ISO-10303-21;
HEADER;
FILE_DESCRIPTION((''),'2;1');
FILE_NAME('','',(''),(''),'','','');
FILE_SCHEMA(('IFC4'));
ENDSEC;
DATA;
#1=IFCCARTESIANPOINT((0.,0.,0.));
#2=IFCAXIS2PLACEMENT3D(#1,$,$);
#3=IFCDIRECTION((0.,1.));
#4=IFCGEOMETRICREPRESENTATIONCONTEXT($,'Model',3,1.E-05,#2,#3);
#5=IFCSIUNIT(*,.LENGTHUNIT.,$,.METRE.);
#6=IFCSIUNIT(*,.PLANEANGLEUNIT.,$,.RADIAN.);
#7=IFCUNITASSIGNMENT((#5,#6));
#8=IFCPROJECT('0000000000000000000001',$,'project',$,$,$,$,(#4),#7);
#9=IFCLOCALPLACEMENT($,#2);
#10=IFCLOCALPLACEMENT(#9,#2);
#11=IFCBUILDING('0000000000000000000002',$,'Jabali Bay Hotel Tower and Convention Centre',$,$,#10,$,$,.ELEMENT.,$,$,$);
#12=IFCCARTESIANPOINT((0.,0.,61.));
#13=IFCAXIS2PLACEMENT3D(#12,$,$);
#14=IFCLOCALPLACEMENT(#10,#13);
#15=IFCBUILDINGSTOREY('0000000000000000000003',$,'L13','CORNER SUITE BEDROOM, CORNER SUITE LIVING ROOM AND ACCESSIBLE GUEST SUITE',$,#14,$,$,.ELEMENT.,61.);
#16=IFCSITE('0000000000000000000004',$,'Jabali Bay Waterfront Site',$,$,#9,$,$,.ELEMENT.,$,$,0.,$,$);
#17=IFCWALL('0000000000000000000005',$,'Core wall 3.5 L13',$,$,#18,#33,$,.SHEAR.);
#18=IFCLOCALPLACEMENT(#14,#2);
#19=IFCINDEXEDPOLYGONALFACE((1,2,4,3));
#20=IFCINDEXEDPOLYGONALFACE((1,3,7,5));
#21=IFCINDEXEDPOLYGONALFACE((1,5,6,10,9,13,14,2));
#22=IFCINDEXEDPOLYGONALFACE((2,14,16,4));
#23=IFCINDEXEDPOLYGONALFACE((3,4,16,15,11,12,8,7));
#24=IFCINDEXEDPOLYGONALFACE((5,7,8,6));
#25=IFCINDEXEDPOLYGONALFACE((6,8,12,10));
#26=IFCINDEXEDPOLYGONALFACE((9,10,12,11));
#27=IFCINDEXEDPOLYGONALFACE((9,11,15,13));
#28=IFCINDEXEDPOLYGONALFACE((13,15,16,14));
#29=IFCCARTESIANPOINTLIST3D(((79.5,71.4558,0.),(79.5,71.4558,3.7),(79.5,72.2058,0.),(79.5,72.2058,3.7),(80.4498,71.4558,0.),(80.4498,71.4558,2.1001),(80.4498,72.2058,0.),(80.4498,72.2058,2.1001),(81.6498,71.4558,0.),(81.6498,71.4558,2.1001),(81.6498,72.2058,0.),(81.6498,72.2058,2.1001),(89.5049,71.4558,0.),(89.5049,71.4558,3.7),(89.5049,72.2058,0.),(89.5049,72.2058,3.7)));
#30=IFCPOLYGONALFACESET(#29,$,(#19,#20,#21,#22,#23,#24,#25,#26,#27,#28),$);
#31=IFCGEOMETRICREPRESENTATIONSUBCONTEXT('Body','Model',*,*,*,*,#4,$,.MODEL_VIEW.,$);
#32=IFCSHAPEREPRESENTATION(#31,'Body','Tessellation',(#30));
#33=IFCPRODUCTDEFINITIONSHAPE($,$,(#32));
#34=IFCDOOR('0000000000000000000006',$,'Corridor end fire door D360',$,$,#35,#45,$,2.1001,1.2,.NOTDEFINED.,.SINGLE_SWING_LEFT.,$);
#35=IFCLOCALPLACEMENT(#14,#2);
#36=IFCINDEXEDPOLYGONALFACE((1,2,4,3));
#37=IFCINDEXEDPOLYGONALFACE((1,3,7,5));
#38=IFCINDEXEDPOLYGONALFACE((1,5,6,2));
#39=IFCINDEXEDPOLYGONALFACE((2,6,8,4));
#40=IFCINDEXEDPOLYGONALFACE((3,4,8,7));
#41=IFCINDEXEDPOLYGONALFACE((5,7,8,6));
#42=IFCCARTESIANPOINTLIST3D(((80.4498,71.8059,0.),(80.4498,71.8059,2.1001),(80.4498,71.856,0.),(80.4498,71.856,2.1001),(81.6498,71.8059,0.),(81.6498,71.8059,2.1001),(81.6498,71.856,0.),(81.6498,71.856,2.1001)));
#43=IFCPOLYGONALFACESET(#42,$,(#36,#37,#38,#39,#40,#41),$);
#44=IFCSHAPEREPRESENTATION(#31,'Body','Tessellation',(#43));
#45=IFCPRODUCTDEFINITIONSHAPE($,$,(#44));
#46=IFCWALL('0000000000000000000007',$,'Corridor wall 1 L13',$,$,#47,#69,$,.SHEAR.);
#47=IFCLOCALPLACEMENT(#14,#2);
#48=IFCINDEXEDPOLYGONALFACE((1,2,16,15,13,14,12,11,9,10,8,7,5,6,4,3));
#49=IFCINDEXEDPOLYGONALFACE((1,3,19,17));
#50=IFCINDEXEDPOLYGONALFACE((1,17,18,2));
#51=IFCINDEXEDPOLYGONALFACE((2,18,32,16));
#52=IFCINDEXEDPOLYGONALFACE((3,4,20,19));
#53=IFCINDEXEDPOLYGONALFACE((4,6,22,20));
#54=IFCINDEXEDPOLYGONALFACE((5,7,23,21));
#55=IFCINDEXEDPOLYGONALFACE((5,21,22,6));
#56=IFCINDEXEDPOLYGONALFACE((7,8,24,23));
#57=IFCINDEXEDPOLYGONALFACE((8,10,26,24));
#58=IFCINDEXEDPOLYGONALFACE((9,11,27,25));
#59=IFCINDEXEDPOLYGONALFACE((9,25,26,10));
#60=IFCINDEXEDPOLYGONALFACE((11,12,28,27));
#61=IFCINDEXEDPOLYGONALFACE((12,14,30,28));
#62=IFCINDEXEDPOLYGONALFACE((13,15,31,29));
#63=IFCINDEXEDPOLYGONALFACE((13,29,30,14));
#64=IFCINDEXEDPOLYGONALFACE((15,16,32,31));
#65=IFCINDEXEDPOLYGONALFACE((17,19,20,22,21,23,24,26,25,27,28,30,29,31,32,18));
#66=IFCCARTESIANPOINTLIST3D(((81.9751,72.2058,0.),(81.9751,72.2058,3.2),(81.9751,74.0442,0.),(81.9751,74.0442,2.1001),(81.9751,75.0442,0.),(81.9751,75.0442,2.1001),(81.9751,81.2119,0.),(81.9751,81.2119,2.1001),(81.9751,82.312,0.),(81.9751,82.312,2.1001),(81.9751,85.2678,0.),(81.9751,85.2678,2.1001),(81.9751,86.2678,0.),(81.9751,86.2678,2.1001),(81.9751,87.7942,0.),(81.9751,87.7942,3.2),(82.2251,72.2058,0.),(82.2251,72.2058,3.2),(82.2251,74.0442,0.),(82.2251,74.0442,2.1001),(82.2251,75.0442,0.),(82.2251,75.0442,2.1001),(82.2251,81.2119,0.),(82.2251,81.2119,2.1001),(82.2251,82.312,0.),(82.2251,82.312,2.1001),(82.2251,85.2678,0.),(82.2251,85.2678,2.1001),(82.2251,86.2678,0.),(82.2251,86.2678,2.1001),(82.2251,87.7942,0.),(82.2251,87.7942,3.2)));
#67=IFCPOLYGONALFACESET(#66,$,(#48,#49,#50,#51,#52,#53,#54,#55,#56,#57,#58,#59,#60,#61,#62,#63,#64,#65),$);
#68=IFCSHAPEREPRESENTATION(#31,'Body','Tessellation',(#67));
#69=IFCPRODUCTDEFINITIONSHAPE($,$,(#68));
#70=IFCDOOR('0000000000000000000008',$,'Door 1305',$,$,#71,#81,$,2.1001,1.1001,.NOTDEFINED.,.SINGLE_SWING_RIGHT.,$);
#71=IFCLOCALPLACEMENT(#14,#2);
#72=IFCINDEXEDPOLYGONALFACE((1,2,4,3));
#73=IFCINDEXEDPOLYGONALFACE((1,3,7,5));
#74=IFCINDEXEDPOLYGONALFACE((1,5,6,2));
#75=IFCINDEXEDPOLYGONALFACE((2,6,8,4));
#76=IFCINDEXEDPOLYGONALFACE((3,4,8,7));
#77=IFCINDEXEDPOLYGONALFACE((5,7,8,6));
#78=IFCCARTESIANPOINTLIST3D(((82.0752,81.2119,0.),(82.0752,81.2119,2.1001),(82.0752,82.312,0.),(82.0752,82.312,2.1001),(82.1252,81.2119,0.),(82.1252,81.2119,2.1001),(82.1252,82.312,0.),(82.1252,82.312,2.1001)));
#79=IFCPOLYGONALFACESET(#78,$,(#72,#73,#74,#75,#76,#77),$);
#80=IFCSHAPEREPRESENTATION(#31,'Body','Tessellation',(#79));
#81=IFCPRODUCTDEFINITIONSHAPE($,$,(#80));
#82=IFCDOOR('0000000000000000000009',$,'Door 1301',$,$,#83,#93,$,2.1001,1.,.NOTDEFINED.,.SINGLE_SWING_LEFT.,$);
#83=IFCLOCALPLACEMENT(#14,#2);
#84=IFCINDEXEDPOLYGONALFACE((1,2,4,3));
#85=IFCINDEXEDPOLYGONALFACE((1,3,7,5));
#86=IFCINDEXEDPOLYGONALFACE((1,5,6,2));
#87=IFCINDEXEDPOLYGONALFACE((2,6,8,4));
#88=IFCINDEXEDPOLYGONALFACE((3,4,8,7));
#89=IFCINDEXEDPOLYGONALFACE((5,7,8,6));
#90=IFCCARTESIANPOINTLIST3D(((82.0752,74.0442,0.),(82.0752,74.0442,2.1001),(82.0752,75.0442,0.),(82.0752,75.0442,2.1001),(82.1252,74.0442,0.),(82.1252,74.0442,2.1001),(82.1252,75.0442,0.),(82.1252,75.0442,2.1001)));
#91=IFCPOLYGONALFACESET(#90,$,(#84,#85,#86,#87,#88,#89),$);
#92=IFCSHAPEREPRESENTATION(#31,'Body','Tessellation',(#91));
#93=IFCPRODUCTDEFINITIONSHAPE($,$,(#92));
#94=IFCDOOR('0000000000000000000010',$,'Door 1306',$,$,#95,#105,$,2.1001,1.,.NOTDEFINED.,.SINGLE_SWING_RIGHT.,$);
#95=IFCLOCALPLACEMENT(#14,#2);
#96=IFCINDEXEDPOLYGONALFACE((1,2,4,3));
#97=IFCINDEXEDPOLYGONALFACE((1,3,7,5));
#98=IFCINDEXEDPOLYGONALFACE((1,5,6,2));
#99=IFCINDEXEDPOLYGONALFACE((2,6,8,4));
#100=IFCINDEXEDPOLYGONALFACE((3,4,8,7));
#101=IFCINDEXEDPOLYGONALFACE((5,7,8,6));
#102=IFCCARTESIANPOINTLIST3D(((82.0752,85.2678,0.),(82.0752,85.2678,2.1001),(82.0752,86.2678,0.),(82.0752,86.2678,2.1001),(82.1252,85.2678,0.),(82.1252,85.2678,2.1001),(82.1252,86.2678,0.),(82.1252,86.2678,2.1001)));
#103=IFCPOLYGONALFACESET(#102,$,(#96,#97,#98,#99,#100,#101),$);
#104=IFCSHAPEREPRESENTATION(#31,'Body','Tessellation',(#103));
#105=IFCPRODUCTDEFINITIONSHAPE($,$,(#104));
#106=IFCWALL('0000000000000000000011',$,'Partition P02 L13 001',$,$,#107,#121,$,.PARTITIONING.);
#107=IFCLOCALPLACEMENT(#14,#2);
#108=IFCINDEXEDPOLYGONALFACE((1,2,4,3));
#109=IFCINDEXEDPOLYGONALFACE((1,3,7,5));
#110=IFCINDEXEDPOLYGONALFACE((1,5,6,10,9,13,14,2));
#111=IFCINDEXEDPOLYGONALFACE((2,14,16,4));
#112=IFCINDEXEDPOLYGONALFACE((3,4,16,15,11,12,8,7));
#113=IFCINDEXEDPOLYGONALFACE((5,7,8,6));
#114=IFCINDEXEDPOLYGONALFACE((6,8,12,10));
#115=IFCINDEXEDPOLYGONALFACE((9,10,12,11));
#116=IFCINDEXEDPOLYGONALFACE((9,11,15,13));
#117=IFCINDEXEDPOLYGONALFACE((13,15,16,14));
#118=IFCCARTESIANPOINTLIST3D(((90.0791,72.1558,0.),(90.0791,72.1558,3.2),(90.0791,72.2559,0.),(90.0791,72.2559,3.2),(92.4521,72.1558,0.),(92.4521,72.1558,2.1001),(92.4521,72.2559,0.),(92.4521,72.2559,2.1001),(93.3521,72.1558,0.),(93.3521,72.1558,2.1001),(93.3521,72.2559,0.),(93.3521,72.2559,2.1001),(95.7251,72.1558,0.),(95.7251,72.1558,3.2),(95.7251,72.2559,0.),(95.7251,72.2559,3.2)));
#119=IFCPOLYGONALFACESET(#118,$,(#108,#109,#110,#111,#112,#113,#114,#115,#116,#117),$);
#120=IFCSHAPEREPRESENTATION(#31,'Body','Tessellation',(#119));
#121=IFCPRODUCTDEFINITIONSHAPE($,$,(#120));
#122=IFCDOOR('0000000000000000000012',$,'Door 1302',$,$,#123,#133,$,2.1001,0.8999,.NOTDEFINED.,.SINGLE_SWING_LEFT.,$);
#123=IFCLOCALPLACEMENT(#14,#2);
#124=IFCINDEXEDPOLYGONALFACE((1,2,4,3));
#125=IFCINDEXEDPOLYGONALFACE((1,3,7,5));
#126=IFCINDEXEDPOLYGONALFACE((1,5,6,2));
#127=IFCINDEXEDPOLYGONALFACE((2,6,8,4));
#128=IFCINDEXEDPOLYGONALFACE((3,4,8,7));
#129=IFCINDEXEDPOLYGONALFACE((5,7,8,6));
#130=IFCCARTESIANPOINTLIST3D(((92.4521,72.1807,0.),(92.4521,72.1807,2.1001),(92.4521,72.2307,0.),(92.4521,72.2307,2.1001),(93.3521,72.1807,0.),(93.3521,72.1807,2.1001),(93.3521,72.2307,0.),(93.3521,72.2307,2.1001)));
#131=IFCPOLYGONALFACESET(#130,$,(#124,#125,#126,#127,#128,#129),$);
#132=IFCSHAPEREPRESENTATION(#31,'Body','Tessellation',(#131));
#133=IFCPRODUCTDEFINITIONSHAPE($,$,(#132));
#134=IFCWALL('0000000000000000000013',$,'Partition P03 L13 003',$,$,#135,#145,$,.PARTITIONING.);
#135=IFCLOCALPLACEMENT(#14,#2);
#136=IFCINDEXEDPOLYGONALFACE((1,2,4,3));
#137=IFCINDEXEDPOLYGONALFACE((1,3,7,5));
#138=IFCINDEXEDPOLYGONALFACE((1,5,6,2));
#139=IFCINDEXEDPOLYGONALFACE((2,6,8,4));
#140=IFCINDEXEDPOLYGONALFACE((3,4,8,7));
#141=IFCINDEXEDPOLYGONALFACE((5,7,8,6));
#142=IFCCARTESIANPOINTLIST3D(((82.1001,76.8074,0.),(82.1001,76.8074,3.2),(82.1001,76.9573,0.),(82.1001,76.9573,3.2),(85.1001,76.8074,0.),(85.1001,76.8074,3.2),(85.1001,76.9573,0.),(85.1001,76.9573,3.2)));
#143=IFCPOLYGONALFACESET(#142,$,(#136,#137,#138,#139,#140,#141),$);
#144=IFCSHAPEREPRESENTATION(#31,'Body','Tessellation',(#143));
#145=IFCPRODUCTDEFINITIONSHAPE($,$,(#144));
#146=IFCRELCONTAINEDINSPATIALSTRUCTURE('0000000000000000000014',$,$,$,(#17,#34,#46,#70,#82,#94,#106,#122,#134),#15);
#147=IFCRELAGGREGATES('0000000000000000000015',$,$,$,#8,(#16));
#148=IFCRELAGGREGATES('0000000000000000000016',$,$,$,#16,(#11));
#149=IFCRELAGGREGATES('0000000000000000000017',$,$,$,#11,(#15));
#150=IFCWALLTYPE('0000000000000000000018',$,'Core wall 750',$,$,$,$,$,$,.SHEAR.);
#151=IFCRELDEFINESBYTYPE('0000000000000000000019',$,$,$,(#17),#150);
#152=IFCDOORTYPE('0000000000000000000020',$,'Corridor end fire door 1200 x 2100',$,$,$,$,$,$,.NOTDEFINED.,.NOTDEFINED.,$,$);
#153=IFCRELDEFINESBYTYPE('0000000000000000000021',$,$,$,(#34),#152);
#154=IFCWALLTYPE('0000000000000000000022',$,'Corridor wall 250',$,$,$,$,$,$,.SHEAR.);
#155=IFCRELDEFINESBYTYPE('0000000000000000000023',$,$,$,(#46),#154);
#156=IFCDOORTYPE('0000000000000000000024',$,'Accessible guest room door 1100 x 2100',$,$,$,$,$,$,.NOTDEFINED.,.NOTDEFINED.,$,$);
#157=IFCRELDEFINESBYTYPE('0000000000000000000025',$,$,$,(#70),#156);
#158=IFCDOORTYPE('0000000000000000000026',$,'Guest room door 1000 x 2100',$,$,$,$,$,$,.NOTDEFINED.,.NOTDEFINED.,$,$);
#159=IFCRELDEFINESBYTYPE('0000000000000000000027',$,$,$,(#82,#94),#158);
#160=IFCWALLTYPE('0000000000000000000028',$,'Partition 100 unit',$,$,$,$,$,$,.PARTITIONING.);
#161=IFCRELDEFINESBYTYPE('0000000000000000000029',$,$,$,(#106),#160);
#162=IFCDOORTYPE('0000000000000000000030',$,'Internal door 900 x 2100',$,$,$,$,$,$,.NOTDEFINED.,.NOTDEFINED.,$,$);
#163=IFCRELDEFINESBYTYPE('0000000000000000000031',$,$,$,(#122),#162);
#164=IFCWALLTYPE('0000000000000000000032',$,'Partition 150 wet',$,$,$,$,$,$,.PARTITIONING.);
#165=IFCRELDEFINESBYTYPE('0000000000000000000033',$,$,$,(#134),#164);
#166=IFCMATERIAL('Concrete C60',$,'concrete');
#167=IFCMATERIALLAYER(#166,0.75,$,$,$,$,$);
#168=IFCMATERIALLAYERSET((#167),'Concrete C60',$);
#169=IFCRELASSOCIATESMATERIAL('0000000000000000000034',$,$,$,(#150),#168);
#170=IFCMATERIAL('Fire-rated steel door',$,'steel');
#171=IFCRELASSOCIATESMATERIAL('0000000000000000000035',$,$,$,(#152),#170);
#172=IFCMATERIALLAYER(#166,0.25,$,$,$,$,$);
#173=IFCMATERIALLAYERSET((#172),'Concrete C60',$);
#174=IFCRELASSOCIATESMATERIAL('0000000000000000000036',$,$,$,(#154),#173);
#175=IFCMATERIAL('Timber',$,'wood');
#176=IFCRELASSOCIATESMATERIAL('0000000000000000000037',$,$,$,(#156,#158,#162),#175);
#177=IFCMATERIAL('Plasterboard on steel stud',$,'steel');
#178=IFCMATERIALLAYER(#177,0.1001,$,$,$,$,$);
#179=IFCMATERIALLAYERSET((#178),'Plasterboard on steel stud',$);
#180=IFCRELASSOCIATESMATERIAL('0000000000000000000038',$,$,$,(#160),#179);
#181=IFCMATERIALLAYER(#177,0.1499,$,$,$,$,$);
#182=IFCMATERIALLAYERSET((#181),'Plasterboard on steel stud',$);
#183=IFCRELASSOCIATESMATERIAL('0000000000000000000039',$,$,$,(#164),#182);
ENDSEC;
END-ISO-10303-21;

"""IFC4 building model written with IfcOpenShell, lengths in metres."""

from ifc_helpers import new_model, si_unit, direction, frame, frame_2d, origin, place, context, subcontext, project, spatial, rectangle, extrude, material, layer, layer_set, type_object, element, fill, save


model = new_model("IFC4")

# Units and contexts
model_context = context("Model", 3, precision=1e-05, world=origin(), true_north=direction((0.0, 1.0)))
body_context = subcontext(model_context, "Body", "Model", "MODEL_VIEW")
ifc_project = project(units=[si_unit("LENGTHUNIT", "METRE"), si_unit("PLANEANGLEUNIT", "RADIAN")], contexts=[model_context])

# Site, building, storey
site_placement = place(None, origin())
site = spatial("IfcSite", under=ifc_project, at=site_placement, Name="Jabali Bay Waterfront Site", CompositionType="ELEMENT", RefElevation=0.0)
building_placement = place(site_placement, origin())
building = spatial("IfcBuilding", under=site, at=building_placement, Name="Jabali Bay Hotel Tower and Convention Centre", CompositionType="ELEMENT")
storey_placement = place(building_placement, frame((0.0, 0.0, 61.0)))
storey = spatial("IfcBuildingStorey", under=building, at=storey_placement, Name="L13", Description="CORNER SUITE BEDROOM, CORNER SUITE LIVING ROOM AND ACCESSIBLE GUEST SUITE", CompositionType="ELEMENT", Elevation=61.0)

# Shared definitions
ifc_material_1 = material(Name="Concrete C60", Category="concrete")

# Shared definitions
ifc_material_2 = material(Name="Fire-rated steel door", Category="steel")

# Wall, opening, door
ifc_layer_1 = layer(ifc_material_1, 0.75)
ifc_layer_set_1 = layer_set([ifc_layer_1], Name="Concrete C60")
wall_type_1 = type_object("IfcWallType", Name="Core wall 750", PredefinedType="SHEAR", material=ifc_layer_set_1)
door_type_1 = type_object("IfcDoorType", Name="Corridor end fire door 1200 x 2100", OperationType="NOTDEFINED", PredefinedType="NOTDEFINED", material=ifc_material_2)
wall_1_placement = place(storey_placement, frame((89.5049, 71.8308, 0.0), z_axis=(0.0, 0.0, 1.0), x_axis=(-1.0, 0.0, 0.0)))
wall_1 = element("IfcWall", 1, at=wall_1_placement, inside=storey, type_object=wall_type_1, Name="Core wall 3.5 L13", PredefinedType="SHEAR", context=body_context, shape_type="SweptSolid", body=[
    extrude(rectangle(XDim=10.0049, YDim=0.75, at=frame_2d((5.0024, 0.0))), origin(), (0.0, 0.0, 1.0), 3.7),
])
opening_1_placement = place(wall_1_placement, frame((7.855, 0.0, 0.0)))
opening_1 = element("IfcOpeningElement", 2, at=opening_1_placement, cuts=wall_1, PredefinedType="OPENING", context=body_context, shape_type="SweptSolid", body=[
    extrude(rectangle(XDim=1.2, YDim=2.1001, at=frame_2d((0.6001, 1.05))), frame((0.0, 0.3855, 0.0), z_axis=(0.0, -1.0, 0.0), x_axis=(1.0, 0.0, 0.0)), (0.0, 0.0, 1.0), 0.771),
])
door_1_placement = place(opening_1_placement, origin())
door_1 = element("IfcDoor", 3, at=door_1_placement, inside=storey, type_object=door_type_1, Name="Corridor end fire door D360", OperationType="SINGLE_SWING_LEFT", OverallHeight=2.1001, OverallWidth=1.2, PredefinedType="NOTDEFINED", context=body_context, shape_type="SweptSolid", body=[
    extrude(rectangle(XDim=1.2, YDim=2.1001, at=frame_2d((0.6001, 1.05))), frame((0.0, 0.0249, 0.0), z_axis=(0.0, -1.0, 0.0), x_axis=(1.0, 0.0, 0.0)), (0.0, 0.0, 1.0), 0.05),
])
fill(opening_1, door_1)

# Wall, openings, doors
ifc_layer_2 = layer(ifc_material_1, 0.25)
ifc_layer_set_2 = layer_set([ifc_layer_2], Name="Concrete C60")
wall_type_2 = type_object("IfcWallType", Name="Corridor wall 250", PredefinedType="SHEAR", material=ifc_layer_set_2)
wall_2_placement = place(storey_placement, frame((82.1001, 72.2058, 0.0), z_axis=(0.0, 0.0, 1.0), x_axis=(0.0, 1.0, 0.0)))
wall_2 = element("IfcWall", 4, at=wall_2_placement, inside=storey, type_object=wall_type_2, Name="Corridor wall 1 L13", PredefinedType="SHEAR", context=body_context, shape_type="SweptSolid", body=[
    extrude(rectangle(XDim=15.5884, YDim=0.25, at=frame_2d((7.7942, 0.0))), origin(), (0.0, 0.0, 1.0), 3.2),
])
opening_2_placement = place(wall_2_placement, frame((1.8384, 0.0, 0.0)))
opening_2 = element("IfcOpeningElement", 5, at=opening_2_placement, cuts=wall_2, PredefinedType="OPENING", context=body_context, shape_type="SweptSolid", body=[
    extrude(rectangle(XDim=1.0, YDim=2.1001, at=frame_2d((0.5, 1.05))), frame((0.0, 0.1355, 0.0), z_axis=(0.0, -1.0, 0.0), x_axis=(1.0, 0.0, 0.0)), (0.0, 0.0, 1.0), 0.271),
])
opening_3_placement = place(wall_2_placement, frame((9.0061, 0.0, 0.0)))
opening_3 = element("IfcOpeningElement", 6, at=opening_3_placement, cuts=wall_2, PredefinedType="OPENING", context=body_context, shape_type="SweptSolid", body=[
    extrude(rectangle(XDim=1.1001, YDim=2.1001, at=frame_2d((0.55, 1.05))), frame((0.0, 0.1355, 0.0), z_axis=(0.0, -1.0, 0.0), x_axis=(1.0, 0.0, 0.0)), (0.0, 0.0, 1.0), 0.271),
])
opening_4_placement = place(wall_2_placement, frame((13.062, 0.0, 0.0)))
opening_4 = element("IfcOpeningElement", 7, at=opening_4_placement, cuts=wall_2, PredefinedType="OPENING", context=body_context, shape_type="SweptSolid", body=[
    extrude(rectangle(XDim=1.0, YDim=2.1001, at=frame_2d((0.5, 1.05))), frame((0.0, 0.1355, 0.0), z_axis=(0.0, -1.0, 0.0), x_axis=(1.0, 0.0, 0.0)), (0.0, 0.0, 1.0), 0.271),
])
ifc_material_3 = material(Name="Timber", Category="wood")
door_type_2 = type_object("IfcDoorType", Name="Accessible guest room door 1100 x 2100", OperationType="NOTDEFINED", PredefinedType="NOTDEFINED", material=ifc_material_3)
door_2_placement = place(opening_3_placement, origin())
door_2 = element("IfcDoor", 8, at=door_2_placement, inside=storey, type_object=door_type_2, Name="Door 1305", OperationType="SINGLE_SWING_RIGHT", OverallHeight=2.1001, OverallWidth=1.1001, PredefinedType="NOTDEFINED", context=body_context, shape_type="SweptSolid", body=[
    extrude(rectangle(XDim=1.1001, YDim=2.1001, at=frame_2d((0.55, 1.05))), frame((0.0, 0.0249, 0.0), z_axis=(0.0, -1.0, 0.0), x_axis=(1.0, 0.0, 0.0)), (0.0, 0.0, 1.0), 0.05),
])
fill(opening_3, door_2)
door_type_3 = type_object("IfcDoorType", Name="Guest room door 1000 x 2100", OperationType="NOTDEFINED", PredefinedType="NOTDEFINED", material=ifc_material_3)
door_3_placement = place(opening_2_placement, origin())
door_3 = element("IfcDoor", 9, at=door_3_placement, inside=storey, type_object=door_type_3, Name="Door 1301", OperationType="SINGLE_SWING_LEFT", OverallHeight=2.1001, OverallWidth=1.0, PredefinedType="NOTDEFINED", context=body_context, shape_type="SweptSolid", body=[
    extrude(rectangle(XDim=1.0, YDim=2.1001, at=frame_2d((0.5, 1.05))), frame((0.0, 0.0249, 0.0), z_axis=(0.0, -1.0, 0.0), x_axis=(1.0, 0.0, 0.0)), (0.0, 0.0, 1.0), 0.05),
])
fill(opening_2, door_3)
door_4_placement = place(opening_4_placement, origin())
door_4 = element("IfcDoor", 10, at=door_4_placement, inside=storey, type_object=door_type_3, Name="Door 1306", OperationType="SINGLE_SWING_RIGHT", OverallHeight=2.1001, OverallWidth=1.0, PredefinedType="NOTDEFINED", context=body_context, shape_type="SweptSolid", body=[
    extrude(rectangle(XDim=1.0, YDim=2.1001, at=frame_2d((0.5, 1.05))), frame((0.0, 0.0249, 0.0), z_axis=(0.0, -1.0, 0.0), x_axis=(1.0, 0.0, 0.0)), (0.0, 0.0, 1.0), 0.05),
])
fill(opening_4, door_4)

# Wall, opening, door
ifc_material_4 = material(Name="Plasterboard on steel stud", Category="steel")
ifc_layer_3 = layer(ifc_material_4, 0.1001)
ifc_layer_set_3 = layer_set([ifc_layer_3], Name="Plasterboard on steel stud")
wall_type_3 = type_object("IfcWallType", Name="Partition 100 unit", PredefinedType="PARTITIONING", material=ifc_layer_set_3)
wall_3_placement = place(storey_placement, frame((90.0791, 72.2058, 0.0), z_axis=(0.0, 0.0, 1.0), x_axis=(1.0, 0.0, 0.0)))
wall_3 = element("IfcWall", 11, at=wall_3_placement, inside=storey, type_object=wall_type_3, Name="Partition P02 L13 001", PredefinedType="PARTITIONING", context=body_context, shape_type="SweptSolid", body=[
    extrude(rectangle(XDim=5.646, YDim=0.1001, at=frame_2d((2.823, 0.0))), origin(), (0.0, 0.0, 1.0), 3.2),
])
opening_5_placement = place(wall_3_placement, frame((2.373, 0.0, 0.0)))
opening_5 = element("IfcOpeningElement", 12, at=opening_5_placement, cuts=wall_3, PredefinedType="OPENING", context=body_context, shape_type="SweptSolid", body=[
    extrude(rectangle(XDim=0.8999, YDim=2.1001, at=frame_2d((0.45, 1.05))), frame((0.0, 0.0605, 0.0), z_axis=(0.0, -1.0, 0.0), x_axis=(1.0, 0.0, 0.0)), (0.0, 0.0, 1.0), 0.1211),
])
door_type_4 = type_object("IfcDoorType", Name="Internal door 900 x 2100", OperationType="NOTDEFINED", PredefinedType="NOTDEFINED", material=ifc_material_3)
door_5_placement = place(opening_5_placement, origin())
door_5 = element("IfcDoor", 13, at=door_5_placement, inside=storey, type_object=door_type_4, Name="Door 1302", OperationType="SINGLE_SWING_LEFT", OverallHeight=2.1001, OverallWidth=0.8999, PredefinedType="NOTDEFINED", context=body_context, shape_type="SweptSolid", body=[
    extrude(rectangle(XDim=0.8999, YDim=2.1001, at=frame_2d((0.45, 1.05))), frame((0.0, 0.0249, 0.0), z_axis=(0.0, -1.0, 0.0), x_axis=(1.0, 0.0, 0.0)), (0.0, 0.0, 1.0), 0.05),
])
fill(opening_5, door_5)

# Wall
ifc_layer_4 = layer(ifc_material_4, 0.1499)
ifc_layer_set_4 = layer_set([ifc_layer_4], Name="Plasterboard on steel stud")
wall_type_4 = type_object("IfcWallType", Name="Partition 150 wet", PredefinedType="PARTITIONING", material=ifc_layer_set_4)
wall_4_placement = place(storey_placement, frame((85.1001, 76.8823, 0.0), z_axis=(0.0, 0.0, 1.0), x_axis=(-1.0, 0.0, 0.0)))
element("IfcWall", 14, at=wall_4_placement, inside=storey, type_object=wall_type_4, Name="Partition P03 L13 003", PredefinedType="PARTITIONING", context=body_context, shape_type="SweptSolid", body=[
    extrude(rectangle(XDim=3.0, YDim=0.1499, at=frame_2d((1.5, 0.0))), origin(), (0.0, 0.0, 1.0), 3.2),
])

save(model, "model.ifc")
